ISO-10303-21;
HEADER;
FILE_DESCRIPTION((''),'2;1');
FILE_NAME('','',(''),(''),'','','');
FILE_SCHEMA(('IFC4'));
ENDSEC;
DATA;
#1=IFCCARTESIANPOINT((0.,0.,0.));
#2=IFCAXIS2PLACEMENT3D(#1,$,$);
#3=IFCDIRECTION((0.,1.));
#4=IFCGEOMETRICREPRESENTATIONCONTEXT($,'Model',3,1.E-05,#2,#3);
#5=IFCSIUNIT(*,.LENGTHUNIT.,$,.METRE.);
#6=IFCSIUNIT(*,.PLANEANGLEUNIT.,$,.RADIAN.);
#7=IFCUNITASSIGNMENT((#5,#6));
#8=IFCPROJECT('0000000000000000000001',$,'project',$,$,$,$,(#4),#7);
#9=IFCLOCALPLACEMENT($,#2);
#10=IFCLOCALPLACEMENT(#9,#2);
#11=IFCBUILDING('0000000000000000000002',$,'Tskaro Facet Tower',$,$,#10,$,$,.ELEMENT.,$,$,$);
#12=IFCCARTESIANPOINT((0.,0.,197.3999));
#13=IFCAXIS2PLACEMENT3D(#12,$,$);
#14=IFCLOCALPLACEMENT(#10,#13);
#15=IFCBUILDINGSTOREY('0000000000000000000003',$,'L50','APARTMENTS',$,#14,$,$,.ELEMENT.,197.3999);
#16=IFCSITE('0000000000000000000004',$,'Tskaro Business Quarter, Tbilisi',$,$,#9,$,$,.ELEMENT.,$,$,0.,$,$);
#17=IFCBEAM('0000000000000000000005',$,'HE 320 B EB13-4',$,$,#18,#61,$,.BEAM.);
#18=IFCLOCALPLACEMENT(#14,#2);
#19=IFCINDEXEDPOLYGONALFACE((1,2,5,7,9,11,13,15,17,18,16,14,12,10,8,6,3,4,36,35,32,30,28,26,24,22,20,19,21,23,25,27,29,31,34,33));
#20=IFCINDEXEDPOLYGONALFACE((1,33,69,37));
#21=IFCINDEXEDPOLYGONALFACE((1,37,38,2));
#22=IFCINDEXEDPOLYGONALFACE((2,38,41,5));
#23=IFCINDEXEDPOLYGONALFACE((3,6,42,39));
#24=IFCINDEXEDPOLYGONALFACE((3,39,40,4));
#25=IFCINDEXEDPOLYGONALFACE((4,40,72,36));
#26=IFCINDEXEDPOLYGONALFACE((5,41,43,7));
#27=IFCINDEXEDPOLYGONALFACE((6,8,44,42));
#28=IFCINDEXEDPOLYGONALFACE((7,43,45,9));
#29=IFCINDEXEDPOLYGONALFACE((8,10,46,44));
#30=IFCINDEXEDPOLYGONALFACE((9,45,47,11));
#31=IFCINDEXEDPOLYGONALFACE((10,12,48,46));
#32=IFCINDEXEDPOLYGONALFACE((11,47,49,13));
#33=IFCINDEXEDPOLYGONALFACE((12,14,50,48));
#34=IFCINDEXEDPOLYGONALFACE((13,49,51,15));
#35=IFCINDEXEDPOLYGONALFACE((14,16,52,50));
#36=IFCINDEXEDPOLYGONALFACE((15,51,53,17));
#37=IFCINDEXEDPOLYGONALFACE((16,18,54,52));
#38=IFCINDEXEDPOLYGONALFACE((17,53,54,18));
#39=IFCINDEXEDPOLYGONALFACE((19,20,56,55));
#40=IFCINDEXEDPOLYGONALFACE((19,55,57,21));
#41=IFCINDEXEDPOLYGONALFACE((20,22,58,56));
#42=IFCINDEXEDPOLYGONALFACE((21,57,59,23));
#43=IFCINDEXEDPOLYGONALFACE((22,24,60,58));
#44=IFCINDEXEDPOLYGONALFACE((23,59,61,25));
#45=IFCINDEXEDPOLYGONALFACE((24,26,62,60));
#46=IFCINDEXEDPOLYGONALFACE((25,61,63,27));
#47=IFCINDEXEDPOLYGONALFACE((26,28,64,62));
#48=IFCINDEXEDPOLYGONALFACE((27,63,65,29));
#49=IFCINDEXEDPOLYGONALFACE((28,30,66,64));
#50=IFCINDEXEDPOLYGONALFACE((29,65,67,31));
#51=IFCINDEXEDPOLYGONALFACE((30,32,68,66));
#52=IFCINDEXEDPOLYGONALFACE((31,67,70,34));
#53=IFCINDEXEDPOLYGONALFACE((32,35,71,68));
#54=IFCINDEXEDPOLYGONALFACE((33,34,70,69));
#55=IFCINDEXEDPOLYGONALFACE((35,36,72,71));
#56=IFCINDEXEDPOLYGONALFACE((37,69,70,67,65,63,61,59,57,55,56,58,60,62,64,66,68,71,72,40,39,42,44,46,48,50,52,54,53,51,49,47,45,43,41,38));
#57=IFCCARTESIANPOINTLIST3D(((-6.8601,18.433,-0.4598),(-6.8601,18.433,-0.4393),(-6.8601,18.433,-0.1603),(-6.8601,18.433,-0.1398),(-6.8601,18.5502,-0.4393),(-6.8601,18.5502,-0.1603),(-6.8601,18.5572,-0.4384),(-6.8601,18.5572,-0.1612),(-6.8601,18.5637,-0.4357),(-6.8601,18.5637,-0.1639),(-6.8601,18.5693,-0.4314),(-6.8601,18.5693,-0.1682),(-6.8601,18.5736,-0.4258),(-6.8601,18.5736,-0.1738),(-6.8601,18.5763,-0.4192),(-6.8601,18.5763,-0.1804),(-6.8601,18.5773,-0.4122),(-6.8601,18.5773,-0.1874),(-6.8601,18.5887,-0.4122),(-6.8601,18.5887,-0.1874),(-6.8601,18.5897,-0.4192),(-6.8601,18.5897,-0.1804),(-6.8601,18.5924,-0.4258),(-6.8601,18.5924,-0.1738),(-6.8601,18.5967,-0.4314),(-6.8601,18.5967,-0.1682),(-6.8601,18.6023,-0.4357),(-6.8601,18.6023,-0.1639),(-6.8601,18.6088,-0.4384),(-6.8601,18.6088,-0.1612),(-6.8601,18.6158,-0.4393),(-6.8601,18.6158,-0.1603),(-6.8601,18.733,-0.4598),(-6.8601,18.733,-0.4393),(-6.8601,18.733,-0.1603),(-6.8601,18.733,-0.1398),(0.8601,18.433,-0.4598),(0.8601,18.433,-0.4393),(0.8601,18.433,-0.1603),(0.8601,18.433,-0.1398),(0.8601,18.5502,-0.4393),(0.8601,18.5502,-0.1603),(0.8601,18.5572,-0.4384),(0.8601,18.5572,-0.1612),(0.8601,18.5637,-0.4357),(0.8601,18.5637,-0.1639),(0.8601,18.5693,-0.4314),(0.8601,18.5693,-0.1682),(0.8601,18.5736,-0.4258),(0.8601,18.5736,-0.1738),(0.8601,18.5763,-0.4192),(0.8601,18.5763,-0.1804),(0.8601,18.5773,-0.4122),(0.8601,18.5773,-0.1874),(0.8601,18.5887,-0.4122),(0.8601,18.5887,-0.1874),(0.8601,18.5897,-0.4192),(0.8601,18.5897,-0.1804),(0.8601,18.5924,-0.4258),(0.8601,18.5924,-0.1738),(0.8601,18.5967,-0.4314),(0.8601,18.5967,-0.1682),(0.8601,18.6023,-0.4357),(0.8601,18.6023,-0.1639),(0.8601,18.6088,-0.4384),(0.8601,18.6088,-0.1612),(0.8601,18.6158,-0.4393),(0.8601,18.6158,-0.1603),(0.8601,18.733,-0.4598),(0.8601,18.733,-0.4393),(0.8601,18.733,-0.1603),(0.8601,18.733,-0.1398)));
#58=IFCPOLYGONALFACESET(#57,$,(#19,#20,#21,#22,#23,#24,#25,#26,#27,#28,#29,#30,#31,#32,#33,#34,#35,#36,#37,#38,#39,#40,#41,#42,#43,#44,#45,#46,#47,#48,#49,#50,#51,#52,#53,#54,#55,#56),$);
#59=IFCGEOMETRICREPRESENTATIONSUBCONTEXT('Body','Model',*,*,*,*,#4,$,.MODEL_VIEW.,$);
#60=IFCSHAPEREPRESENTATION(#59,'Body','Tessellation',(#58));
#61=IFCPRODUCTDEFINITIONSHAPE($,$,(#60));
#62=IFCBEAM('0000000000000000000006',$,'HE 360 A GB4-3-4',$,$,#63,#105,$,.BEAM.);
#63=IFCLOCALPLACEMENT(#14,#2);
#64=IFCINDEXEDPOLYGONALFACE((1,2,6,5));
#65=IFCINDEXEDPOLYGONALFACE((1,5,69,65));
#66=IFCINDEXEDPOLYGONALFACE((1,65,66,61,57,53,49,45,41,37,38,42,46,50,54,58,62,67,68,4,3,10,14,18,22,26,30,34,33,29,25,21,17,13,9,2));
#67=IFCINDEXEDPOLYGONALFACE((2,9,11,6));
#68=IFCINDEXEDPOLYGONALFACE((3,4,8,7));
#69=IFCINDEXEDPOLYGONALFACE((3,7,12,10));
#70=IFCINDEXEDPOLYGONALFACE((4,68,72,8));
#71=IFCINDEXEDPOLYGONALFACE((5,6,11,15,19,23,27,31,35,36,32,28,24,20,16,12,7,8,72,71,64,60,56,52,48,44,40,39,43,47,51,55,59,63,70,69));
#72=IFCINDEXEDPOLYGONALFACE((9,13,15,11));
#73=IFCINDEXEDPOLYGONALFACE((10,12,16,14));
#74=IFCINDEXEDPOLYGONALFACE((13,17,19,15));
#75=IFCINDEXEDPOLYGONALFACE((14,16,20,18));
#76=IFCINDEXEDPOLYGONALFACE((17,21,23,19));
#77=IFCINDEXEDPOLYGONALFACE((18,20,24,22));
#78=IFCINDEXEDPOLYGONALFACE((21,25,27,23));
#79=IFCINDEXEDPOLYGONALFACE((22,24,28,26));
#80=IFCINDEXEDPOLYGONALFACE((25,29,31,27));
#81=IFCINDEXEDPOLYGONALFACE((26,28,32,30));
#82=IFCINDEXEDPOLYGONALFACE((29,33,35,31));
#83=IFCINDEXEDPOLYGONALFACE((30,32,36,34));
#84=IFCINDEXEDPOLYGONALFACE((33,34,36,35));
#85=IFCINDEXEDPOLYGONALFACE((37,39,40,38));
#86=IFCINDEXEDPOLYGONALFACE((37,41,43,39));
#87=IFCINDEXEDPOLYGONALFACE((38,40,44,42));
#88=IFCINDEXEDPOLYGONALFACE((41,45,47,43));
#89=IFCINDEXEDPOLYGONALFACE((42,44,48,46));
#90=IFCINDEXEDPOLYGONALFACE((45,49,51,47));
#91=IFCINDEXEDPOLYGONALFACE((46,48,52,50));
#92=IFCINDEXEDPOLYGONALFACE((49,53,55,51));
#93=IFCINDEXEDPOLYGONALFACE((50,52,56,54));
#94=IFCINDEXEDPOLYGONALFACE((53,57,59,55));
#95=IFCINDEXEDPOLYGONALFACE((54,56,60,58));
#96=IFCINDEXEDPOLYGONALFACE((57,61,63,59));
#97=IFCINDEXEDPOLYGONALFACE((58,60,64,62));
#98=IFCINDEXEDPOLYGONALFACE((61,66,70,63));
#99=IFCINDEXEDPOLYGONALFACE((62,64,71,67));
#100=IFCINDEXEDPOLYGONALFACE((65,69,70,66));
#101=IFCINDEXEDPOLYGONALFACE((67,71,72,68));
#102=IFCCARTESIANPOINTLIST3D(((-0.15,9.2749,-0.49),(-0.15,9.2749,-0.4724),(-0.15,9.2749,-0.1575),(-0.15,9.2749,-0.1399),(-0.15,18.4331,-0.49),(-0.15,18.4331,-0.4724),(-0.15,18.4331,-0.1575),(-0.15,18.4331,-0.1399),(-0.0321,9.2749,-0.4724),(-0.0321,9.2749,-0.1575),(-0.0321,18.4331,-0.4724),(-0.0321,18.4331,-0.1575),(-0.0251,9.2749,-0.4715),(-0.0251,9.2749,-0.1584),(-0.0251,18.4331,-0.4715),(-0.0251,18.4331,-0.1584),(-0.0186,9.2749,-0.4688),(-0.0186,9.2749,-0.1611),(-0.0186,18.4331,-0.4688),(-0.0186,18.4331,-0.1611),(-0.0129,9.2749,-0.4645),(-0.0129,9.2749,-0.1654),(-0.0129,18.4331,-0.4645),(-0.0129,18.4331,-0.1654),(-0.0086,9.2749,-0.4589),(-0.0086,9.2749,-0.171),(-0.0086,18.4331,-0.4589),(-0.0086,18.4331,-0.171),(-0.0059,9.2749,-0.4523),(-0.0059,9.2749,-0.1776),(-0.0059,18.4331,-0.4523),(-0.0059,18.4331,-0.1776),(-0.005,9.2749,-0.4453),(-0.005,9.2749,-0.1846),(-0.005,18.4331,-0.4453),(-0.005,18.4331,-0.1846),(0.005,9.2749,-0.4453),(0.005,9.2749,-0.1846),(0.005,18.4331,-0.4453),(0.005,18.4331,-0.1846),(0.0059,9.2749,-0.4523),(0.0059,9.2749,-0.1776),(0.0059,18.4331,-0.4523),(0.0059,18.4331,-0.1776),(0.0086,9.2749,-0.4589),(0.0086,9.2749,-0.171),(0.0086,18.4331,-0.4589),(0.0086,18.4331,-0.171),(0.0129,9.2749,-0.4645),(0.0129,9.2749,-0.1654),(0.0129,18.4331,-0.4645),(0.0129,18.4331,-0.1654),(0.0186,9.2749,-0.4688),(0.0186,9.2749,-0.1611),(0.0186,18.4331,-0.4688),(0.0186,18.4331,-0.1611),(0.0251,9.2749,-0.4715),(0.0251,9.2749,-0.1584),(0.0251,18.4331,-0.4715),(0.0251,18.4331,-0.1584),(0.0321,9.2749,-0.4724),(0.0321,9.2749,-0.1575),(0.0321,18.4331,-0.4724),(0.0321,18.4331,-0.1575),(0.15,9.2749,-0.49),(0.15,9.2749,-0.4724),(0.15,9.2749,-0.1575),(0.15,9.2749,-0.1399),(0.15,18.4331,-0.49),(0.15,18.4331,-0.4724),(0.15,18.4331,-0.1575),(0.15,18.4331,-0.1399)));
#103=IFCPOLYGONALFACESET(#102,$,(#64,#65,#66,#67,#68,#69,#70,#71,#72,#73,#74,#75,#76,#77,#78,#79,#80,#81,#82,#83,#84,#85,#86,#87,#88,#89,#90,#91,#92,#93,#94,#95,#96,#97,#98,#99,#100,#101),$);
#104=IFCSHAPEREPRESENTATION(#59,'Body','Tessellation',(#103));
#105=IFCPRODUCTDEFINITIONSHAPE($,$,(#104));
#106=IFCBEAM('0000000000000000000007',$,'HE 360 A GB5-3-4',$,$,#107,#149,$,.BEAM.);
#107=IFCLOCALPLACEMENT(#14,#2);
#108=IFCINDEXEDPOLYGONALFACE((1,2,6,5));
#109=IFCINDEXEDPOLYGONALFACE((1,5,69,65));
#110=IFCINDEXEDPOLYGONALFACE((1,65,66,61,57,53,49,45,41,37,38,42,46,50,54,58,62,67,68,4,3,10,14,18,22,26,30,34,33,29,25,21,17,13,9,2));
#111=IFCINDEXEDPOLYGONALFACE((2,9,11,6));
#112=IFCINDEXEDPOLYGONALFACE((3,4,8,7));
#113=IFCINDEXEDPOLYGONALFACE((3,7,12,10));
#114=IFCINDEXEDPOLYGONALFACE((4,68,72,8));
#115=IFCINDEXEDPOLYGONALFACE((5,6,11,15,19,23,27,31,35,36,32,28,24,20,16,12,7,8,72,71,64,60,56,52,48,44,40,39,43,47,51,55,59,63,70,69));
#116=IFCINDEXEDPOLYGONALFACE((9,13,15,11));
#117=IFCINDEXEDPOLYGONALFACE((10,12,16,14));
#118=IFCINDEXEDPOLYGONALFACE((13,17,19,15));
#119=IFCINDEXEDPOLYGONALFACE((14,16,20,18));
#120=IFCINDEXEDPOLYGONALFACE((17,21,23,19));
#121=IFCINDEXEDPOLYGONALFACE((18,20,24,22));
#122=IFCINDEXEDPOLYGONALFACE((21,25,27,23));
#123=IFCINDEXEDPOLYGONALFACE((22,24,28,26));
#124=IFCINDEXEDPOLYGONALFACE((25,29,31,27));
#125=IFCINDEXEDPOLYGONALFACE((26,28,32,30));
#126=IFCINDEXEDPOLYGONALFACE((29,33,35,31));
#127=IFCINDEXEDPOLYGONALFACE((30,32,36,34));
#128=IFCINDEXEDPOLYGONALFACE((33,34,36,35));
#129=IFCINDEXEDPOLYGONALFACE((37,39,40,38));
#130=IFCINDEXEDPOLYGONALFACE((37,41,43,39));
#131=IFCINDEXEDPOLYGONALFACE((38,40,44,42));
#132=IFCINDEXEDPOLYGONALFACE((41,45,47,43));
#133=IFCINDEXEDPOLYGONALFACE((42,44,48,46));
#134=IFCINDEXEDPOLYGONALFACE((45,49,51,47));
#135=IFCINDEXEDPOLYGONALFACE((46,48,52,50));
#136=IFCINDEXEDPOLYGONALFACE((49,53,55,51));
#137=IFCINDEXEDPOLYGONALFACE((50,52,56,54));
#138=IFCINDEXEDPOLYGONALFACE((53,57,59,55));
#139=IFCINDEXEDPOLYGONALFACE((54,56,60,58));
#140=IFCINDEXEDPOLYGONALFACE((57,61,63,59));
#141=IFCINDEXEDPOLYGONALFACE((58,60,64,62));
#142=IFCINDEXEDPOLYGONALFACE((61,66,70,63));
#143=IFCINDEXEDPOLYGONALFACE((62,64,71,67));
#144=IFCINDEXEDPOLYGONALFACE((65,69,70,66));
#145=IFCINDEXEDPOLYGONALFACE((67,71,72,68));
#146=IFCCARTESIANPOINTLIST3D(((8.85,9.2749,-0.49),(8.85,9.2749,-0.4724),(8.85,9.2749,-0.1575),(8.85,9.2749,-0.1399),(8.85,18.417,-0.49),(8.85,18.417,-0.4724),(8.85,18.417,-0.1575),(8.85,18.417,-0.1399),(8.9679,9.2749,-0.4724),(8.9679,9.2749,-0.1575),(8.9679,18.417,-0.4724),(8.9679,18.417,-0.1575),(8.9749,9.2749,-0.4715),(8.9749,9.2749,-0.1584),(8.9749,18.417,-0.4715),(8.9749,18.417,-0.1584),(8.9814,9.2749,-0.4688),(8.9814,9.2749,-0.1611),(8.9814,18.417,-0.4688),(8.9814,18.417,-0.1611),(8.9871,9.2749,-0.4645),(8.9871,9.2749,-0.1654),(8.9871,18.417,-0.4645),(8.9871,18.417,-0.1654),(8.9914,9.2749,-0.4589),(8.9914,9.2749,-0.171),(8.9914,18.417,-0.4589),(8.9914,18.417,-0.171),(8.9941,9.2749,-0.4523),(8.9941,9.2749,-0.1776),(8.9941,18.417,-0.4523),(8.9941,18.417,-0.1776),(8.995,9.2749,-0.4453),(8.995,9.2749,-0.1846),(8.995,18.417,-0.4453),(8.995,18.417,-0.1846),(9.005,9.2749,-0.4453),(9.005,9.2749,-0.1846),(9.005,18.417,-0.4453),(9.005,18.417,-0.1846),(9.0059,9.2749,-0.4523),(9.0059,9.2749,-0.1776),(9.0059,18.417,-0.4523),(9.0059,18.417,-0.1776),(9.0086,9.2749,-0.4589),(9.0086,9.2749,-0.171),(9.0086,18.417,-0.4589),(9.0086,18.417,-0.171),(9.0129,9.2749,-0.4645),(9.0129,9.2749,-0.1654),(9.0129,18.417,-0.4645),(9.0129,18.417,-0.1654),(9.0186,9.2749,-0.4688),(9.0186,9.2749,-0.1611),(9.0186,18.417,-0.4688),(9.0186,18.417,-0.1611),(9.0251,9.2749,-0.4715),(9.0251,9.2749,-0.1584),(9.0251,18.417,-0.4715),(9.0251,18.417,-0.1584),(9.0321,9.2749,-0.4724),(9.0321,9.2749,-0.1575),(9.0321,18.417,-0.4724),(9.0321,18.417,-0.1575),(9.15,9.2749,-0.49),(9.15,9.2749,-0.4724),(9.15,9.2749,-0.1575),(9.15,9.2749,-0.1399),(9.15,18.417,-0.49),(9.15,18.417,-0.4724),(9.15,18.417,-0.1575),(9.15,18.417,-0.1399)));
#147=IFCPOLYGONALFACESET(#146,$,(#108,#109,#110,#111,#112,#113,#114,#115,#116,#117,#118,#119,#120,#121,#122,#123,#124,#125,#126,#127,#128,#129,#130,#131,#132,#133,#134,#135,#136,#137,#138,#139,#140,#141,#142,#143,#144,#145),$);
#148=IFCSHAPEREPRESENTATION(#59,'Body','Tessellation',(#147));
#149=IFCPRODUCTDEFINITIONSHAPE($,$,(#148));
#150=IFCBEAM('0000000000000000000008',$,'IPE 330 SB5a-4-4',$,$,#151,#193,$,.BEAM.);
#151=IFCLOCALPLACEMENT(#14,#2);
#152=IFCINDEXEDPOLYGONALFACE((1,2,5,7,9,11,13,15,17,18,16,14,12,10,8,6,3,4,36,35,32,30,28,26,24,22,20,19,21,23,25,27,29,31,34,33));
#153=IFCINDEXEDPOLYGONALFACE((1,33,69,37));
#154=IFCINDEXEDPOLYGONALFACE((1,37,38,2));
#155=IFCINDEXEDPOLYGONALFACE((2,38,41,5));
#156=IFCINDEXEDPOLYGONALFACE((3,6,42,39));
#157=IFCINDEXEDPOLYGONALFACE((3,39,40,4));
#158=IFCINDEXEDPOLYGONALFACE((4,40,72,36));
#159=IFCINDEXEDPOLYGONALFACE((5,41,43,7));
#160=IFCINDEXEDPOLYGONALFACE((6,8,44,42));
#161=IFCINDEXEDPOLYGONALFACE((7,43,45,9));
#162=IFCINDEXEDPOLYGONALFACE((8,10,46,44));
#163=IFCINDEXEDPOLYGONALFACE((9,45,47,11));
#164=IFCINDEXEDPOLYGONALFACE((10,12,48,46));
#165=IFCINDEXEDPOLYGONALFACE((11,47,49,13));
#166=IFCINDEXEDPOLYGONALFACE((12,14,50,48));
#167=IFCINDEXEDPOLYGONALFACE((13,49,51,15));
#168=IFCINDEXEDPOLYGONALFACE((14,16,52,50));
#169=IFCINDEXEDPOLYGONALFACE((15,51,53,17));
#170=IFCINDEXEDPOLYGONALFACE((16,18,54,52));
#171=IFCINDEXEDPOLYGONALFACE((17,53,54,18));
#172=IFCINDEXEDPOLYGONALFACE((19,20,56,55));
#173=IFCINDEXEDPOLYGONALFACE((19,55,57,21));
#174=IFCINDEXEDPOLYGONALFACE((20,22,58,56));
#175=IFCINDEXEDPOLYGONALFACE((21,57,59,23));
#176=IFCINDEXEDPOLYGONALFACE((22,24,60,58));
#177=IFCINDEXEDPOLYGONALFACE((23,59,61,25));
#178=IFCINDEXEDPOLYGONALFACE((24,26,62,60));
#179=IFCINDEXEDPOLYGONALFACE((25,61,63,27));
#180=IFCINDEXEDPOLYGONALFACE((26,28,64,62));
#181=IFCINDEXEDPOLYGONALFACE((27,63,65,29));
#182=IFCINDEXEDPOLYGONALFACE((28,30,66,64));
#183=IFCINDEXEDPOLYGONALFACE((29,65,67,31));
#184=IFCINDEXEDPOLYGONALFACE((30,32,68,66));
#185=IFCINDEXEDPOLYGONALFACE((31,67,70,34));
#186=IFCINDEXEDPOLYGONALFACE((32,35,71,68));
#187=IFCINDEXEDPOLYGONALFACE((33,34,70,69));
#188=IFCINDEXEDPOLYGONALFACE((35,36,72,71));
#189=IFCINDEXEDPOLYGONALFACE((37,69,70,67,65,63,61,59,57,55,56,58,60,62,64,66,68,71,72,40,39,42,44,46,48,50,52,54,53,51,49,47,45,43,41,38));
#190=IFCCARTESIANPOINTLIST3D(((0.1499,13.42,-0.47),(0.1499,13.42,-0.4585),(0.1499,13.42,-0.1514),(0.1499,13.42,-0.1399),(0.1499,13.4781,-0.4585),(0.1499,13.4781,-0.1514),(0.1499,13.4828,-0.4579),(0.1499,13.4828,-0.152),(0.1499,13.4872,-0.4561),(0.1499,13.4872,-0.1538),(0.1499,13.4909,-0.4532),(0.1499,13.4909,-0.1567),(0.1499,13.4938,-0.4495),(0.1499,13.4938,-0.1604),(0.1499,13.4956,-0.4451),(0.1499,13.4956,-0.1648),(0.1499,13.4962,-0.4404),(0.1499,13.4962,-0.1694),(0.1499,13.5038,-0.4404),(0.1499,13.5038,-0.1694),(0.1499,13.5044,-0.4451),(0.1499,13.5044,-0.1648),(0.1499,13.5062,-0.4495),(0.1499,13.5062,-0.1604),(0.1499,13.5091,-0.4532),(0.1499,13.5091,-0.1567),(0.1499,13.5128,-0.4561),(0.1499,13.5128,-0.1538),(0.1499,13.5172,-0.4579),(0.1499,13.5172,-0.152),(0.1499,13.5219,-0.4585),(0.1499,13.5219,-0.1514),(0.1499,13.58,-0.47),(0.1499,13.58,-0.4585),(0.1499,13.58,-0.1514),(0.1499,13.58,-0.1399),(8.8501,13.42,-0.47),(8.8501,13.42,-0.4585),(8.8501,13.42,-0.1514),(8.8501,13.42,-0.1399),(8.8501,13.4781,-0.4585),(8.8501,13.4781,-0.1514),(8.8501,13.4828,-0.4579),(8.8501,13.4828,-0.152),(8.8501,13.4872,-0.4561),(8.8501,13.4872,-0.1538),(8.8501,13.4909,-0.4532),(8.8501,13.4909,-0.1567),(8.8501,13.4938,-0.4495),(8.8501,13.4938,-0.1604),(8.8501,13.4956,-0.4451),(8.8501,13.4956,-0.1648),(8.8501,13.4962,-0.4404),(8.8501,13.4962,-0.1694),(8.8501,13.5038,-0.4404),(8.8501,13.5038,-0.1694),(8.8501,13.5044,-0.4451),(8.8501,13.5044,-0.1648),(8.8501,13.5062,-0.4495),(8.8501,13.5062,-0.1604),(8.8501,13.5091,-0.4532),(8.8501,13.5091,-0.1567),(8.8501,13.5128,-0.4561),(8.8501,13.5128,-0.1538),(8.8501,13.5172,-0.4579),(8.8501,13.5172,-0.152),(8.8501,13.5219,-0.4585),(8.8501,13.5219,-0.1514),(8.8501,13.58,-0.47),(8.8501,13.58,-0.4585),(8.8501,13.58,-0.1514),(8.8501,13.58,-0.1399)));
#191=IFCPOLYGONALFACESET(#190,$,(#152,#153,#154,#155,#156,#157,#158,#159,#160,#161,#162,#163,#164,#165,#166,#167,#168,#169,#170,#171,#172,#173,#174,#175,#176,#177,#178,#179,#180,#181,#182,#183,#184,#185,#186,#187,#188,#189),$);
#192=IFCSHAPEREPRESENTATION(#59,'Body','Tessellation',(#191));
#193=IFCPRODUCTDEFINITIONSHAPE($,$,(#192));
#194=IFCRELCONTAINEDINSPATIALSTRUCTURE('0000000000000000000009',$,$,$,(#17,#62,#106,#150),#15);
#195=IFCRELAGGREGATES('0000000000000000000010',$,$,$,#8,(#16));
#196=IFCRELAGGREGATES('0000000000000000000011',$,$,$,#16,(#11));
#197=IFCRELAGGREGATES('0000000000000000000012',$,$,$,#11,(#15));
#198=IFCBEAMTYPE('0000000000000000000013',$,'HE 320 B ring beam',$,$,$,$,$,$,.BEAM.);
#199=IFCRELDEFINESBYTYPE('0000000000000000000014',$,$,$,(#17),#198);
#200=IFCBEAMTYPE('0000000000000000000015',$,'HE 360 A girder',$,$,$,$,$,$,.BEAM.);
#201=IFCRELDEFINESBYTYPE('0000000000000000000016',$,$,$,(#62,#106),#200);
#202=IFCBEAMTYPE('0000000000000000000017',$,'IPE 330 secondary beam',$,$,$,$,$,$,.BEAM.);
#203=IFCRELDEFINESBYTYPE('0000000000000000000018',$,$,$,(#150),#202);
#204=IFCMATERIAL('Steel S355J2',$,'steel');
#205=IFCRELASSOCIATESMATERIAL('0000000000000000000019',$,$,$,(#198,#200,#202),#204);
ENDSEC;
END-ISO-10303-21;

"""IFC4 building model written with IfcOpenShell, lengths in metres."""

from ifc_helpers import new_model, si_unit, direction, frame, origin, origin_2d, place, context, subcontext, project, spatial, i_section, extrude, material, material_profile, profile_set, type_object, element, save


model = new_model("IFC4")

# Units and contexts
model_context = context("Model", 3, precision=1e-05, world=origin(), true_north=direction((0.0, 1.0)))
body_context = subcontext(model_context, "Body", "Model", "MODEL_VIEW")
ifc_project = project(units=[si_unit("LENGTHUNIT", "METRE"), si_unit("PLANEANGLEUNIT", "RADIAN")], contexts=[model_context])

# Site, building, storey
site_placement = place(None, origin())
site = spatial("IfcSite", under=ifc_project, at=site_placement, Name="Tskaro Business Quarter, Tbilisi", CompositionType="ELEMENT", RefElevation=0.0)
building_placement = place(site_placement, origin())
building = spatial("IfcBuilding", under=site, at=building_placement, Name="Tskaro Facet Tower", CompositionType="ELEMENT")
storey_placement = place(building_placement, frame((0.0, 0.0, 197.3999)))
storey = spatial("IfcBuildingStorey", under=building, at=storey_placement, Name="L50", Description="APARTMENTS", CompositionType="ELEMENT", Elevation=197.3999)

# Beams
ifc_material_1 = material(Name="Steel S355J2", Category="steel")
ifc_material_profile_1 = material_profile(ifc_material_1, i_section(OverallWidth=0.3, OverallDepth=0.3201, WebThickness=0.0115, FlangeThickness=0.0205, FilletRadius=0.0271, at=origin_2d()), Name="HE 320 B")
ifc_profile_set_1 = profile_set([ifc_material_profile_1], Name="Steel S355J2")
beam_type_1 = type_object("IfcBeamType", Name="HE 320 B ring beam", PredefinedType="BEAM", material=ifc_profile_set_1)
beam_1_placement = place(storey_placement, frame((0.8601, 18.583, -0.2998), z_axis=(-1.0, 0.0, 0.0), x_axis=(0.0, -1.0, 0.0)))
element("IfcBeam", 1, at=beam_1_placement, inside=storey, type_object=beam_type_1, Name="HE 320 B EB13-4", PredefinedType="BEAM", context=body_context, shape_type="SweptSolid", body=[
    extrude(i_section(OverallWidth=0.3, OverallDepth=0.3201, WebThickness=0.0115, FlangeThickness=0.0205, FilletRadius=0.0271, at=origin_2d()), origin(), (0.0, 0.0, 1.0), 7.7202),
])
ifc_material_profile_2 = material_profile(ifc_material_1, i_section(OverallWidth=0.3, OverallDepth=0.3501, WebThickness=0.01, FlangeThickness=0.0176, FilletRadius=0.0271, at=origin_2d()), Name="HE 360 A")
ifc_profile_set_2 = profile_set([ifc_material_profile_2], Name="Steel S355J2")
beam_type_2 = type_object("IfcBeamType", Name="HE 360 A girder", PredefinedType="BEAM", material=ifc_profile_set_2)
beam_2_placement = place(storey_placement, frame((0.0, 9.2749, -0.3149), z_axis=(0.0, 1.0, 0.0), x_axis=(-1.0, 0.0, 0.0)))
element("IfcBeam", 2, at=beam_2_placement, inside=storey, type_object=beam_type_2, Name="HE 360 A GB4-3-4", PredefinedType="BEAM", context=body_context, shape_type="SweptSolid", body=[
    extrude(i_section(OverallWidth=0.3, OverallDepth=0.3501, WebThickness=0.01, FlangeThickness=0.0176, FilletRadius=0.0271, at=origin_2d()), origin(), (0.0, 0.0, 1.0), 9.1582),
])
beam_3_placement = place(storey_placement, frame((9.0, 9.2749, -0.3149), z_axis=(0.0, 1.0, 0.0), x_axis=(-1.0, 0.0, 0.0)))
element("IfcBeam", 3, at=beam_3_placement, inside=storey, type_object=beam_type_2, Name="HE 360 A GB5-3-4", PredefinedType="BEAM", context=body_context, shape_type="SweptSolid", body=[
    extrude(i_section(OverallWidth=0.3, OverallDepth=0.3501, WebThickness=0.01, FlangeThickness=0.0176, FilletRadius=0.0271, at=origin_2d()), origin(), (0.0, 0.0, 1.0), 9.1421),
])
ifc_material_profile_3 = material_profile(ifc_material_1, i_section(OverallWidth=0.1599, OverallDepth=0.3301, WebThickness=0.0076, FlangeThickness=0.0115, FilletRadius=0.0181, at=origin_2d()), Name="IPE 330")
ifc_profile_set_3 = profile_set([ifc_material_profile_3], Name="Steel S355J2")
beam_type_3 = type_object("IfcBeamType", Name="IPE 330 secondary beam", PredefinedType="BEAM", material=ifc_profile_set_3)
beam_4_placement = place(storey_placement, frame((0.1499, 13.5, -0.3049), z_axis=(1.0, 0.0, 0.0), x_axis=(0.0, 1.0, 0.0)))
element("IfcBeam", 4, at=beam_4_placement, inside=storey, type_object=beam_type_3, Name="IPE 330 SB5a-4-4", PredefinedType="BEAM", context=body_context, shape_type="SweptSolid", body=[
    extrude(i_section(OverallWidth=0.1599, OverallDepth=0.3301, WebThickness=0.0076, FlangeThickness=0.0115, FilletRadius=0.0181, at=origin_2d()), origin(), (0.0, 0.0, 1.0), 8.7002),
])

save(model, "model.ifc")
